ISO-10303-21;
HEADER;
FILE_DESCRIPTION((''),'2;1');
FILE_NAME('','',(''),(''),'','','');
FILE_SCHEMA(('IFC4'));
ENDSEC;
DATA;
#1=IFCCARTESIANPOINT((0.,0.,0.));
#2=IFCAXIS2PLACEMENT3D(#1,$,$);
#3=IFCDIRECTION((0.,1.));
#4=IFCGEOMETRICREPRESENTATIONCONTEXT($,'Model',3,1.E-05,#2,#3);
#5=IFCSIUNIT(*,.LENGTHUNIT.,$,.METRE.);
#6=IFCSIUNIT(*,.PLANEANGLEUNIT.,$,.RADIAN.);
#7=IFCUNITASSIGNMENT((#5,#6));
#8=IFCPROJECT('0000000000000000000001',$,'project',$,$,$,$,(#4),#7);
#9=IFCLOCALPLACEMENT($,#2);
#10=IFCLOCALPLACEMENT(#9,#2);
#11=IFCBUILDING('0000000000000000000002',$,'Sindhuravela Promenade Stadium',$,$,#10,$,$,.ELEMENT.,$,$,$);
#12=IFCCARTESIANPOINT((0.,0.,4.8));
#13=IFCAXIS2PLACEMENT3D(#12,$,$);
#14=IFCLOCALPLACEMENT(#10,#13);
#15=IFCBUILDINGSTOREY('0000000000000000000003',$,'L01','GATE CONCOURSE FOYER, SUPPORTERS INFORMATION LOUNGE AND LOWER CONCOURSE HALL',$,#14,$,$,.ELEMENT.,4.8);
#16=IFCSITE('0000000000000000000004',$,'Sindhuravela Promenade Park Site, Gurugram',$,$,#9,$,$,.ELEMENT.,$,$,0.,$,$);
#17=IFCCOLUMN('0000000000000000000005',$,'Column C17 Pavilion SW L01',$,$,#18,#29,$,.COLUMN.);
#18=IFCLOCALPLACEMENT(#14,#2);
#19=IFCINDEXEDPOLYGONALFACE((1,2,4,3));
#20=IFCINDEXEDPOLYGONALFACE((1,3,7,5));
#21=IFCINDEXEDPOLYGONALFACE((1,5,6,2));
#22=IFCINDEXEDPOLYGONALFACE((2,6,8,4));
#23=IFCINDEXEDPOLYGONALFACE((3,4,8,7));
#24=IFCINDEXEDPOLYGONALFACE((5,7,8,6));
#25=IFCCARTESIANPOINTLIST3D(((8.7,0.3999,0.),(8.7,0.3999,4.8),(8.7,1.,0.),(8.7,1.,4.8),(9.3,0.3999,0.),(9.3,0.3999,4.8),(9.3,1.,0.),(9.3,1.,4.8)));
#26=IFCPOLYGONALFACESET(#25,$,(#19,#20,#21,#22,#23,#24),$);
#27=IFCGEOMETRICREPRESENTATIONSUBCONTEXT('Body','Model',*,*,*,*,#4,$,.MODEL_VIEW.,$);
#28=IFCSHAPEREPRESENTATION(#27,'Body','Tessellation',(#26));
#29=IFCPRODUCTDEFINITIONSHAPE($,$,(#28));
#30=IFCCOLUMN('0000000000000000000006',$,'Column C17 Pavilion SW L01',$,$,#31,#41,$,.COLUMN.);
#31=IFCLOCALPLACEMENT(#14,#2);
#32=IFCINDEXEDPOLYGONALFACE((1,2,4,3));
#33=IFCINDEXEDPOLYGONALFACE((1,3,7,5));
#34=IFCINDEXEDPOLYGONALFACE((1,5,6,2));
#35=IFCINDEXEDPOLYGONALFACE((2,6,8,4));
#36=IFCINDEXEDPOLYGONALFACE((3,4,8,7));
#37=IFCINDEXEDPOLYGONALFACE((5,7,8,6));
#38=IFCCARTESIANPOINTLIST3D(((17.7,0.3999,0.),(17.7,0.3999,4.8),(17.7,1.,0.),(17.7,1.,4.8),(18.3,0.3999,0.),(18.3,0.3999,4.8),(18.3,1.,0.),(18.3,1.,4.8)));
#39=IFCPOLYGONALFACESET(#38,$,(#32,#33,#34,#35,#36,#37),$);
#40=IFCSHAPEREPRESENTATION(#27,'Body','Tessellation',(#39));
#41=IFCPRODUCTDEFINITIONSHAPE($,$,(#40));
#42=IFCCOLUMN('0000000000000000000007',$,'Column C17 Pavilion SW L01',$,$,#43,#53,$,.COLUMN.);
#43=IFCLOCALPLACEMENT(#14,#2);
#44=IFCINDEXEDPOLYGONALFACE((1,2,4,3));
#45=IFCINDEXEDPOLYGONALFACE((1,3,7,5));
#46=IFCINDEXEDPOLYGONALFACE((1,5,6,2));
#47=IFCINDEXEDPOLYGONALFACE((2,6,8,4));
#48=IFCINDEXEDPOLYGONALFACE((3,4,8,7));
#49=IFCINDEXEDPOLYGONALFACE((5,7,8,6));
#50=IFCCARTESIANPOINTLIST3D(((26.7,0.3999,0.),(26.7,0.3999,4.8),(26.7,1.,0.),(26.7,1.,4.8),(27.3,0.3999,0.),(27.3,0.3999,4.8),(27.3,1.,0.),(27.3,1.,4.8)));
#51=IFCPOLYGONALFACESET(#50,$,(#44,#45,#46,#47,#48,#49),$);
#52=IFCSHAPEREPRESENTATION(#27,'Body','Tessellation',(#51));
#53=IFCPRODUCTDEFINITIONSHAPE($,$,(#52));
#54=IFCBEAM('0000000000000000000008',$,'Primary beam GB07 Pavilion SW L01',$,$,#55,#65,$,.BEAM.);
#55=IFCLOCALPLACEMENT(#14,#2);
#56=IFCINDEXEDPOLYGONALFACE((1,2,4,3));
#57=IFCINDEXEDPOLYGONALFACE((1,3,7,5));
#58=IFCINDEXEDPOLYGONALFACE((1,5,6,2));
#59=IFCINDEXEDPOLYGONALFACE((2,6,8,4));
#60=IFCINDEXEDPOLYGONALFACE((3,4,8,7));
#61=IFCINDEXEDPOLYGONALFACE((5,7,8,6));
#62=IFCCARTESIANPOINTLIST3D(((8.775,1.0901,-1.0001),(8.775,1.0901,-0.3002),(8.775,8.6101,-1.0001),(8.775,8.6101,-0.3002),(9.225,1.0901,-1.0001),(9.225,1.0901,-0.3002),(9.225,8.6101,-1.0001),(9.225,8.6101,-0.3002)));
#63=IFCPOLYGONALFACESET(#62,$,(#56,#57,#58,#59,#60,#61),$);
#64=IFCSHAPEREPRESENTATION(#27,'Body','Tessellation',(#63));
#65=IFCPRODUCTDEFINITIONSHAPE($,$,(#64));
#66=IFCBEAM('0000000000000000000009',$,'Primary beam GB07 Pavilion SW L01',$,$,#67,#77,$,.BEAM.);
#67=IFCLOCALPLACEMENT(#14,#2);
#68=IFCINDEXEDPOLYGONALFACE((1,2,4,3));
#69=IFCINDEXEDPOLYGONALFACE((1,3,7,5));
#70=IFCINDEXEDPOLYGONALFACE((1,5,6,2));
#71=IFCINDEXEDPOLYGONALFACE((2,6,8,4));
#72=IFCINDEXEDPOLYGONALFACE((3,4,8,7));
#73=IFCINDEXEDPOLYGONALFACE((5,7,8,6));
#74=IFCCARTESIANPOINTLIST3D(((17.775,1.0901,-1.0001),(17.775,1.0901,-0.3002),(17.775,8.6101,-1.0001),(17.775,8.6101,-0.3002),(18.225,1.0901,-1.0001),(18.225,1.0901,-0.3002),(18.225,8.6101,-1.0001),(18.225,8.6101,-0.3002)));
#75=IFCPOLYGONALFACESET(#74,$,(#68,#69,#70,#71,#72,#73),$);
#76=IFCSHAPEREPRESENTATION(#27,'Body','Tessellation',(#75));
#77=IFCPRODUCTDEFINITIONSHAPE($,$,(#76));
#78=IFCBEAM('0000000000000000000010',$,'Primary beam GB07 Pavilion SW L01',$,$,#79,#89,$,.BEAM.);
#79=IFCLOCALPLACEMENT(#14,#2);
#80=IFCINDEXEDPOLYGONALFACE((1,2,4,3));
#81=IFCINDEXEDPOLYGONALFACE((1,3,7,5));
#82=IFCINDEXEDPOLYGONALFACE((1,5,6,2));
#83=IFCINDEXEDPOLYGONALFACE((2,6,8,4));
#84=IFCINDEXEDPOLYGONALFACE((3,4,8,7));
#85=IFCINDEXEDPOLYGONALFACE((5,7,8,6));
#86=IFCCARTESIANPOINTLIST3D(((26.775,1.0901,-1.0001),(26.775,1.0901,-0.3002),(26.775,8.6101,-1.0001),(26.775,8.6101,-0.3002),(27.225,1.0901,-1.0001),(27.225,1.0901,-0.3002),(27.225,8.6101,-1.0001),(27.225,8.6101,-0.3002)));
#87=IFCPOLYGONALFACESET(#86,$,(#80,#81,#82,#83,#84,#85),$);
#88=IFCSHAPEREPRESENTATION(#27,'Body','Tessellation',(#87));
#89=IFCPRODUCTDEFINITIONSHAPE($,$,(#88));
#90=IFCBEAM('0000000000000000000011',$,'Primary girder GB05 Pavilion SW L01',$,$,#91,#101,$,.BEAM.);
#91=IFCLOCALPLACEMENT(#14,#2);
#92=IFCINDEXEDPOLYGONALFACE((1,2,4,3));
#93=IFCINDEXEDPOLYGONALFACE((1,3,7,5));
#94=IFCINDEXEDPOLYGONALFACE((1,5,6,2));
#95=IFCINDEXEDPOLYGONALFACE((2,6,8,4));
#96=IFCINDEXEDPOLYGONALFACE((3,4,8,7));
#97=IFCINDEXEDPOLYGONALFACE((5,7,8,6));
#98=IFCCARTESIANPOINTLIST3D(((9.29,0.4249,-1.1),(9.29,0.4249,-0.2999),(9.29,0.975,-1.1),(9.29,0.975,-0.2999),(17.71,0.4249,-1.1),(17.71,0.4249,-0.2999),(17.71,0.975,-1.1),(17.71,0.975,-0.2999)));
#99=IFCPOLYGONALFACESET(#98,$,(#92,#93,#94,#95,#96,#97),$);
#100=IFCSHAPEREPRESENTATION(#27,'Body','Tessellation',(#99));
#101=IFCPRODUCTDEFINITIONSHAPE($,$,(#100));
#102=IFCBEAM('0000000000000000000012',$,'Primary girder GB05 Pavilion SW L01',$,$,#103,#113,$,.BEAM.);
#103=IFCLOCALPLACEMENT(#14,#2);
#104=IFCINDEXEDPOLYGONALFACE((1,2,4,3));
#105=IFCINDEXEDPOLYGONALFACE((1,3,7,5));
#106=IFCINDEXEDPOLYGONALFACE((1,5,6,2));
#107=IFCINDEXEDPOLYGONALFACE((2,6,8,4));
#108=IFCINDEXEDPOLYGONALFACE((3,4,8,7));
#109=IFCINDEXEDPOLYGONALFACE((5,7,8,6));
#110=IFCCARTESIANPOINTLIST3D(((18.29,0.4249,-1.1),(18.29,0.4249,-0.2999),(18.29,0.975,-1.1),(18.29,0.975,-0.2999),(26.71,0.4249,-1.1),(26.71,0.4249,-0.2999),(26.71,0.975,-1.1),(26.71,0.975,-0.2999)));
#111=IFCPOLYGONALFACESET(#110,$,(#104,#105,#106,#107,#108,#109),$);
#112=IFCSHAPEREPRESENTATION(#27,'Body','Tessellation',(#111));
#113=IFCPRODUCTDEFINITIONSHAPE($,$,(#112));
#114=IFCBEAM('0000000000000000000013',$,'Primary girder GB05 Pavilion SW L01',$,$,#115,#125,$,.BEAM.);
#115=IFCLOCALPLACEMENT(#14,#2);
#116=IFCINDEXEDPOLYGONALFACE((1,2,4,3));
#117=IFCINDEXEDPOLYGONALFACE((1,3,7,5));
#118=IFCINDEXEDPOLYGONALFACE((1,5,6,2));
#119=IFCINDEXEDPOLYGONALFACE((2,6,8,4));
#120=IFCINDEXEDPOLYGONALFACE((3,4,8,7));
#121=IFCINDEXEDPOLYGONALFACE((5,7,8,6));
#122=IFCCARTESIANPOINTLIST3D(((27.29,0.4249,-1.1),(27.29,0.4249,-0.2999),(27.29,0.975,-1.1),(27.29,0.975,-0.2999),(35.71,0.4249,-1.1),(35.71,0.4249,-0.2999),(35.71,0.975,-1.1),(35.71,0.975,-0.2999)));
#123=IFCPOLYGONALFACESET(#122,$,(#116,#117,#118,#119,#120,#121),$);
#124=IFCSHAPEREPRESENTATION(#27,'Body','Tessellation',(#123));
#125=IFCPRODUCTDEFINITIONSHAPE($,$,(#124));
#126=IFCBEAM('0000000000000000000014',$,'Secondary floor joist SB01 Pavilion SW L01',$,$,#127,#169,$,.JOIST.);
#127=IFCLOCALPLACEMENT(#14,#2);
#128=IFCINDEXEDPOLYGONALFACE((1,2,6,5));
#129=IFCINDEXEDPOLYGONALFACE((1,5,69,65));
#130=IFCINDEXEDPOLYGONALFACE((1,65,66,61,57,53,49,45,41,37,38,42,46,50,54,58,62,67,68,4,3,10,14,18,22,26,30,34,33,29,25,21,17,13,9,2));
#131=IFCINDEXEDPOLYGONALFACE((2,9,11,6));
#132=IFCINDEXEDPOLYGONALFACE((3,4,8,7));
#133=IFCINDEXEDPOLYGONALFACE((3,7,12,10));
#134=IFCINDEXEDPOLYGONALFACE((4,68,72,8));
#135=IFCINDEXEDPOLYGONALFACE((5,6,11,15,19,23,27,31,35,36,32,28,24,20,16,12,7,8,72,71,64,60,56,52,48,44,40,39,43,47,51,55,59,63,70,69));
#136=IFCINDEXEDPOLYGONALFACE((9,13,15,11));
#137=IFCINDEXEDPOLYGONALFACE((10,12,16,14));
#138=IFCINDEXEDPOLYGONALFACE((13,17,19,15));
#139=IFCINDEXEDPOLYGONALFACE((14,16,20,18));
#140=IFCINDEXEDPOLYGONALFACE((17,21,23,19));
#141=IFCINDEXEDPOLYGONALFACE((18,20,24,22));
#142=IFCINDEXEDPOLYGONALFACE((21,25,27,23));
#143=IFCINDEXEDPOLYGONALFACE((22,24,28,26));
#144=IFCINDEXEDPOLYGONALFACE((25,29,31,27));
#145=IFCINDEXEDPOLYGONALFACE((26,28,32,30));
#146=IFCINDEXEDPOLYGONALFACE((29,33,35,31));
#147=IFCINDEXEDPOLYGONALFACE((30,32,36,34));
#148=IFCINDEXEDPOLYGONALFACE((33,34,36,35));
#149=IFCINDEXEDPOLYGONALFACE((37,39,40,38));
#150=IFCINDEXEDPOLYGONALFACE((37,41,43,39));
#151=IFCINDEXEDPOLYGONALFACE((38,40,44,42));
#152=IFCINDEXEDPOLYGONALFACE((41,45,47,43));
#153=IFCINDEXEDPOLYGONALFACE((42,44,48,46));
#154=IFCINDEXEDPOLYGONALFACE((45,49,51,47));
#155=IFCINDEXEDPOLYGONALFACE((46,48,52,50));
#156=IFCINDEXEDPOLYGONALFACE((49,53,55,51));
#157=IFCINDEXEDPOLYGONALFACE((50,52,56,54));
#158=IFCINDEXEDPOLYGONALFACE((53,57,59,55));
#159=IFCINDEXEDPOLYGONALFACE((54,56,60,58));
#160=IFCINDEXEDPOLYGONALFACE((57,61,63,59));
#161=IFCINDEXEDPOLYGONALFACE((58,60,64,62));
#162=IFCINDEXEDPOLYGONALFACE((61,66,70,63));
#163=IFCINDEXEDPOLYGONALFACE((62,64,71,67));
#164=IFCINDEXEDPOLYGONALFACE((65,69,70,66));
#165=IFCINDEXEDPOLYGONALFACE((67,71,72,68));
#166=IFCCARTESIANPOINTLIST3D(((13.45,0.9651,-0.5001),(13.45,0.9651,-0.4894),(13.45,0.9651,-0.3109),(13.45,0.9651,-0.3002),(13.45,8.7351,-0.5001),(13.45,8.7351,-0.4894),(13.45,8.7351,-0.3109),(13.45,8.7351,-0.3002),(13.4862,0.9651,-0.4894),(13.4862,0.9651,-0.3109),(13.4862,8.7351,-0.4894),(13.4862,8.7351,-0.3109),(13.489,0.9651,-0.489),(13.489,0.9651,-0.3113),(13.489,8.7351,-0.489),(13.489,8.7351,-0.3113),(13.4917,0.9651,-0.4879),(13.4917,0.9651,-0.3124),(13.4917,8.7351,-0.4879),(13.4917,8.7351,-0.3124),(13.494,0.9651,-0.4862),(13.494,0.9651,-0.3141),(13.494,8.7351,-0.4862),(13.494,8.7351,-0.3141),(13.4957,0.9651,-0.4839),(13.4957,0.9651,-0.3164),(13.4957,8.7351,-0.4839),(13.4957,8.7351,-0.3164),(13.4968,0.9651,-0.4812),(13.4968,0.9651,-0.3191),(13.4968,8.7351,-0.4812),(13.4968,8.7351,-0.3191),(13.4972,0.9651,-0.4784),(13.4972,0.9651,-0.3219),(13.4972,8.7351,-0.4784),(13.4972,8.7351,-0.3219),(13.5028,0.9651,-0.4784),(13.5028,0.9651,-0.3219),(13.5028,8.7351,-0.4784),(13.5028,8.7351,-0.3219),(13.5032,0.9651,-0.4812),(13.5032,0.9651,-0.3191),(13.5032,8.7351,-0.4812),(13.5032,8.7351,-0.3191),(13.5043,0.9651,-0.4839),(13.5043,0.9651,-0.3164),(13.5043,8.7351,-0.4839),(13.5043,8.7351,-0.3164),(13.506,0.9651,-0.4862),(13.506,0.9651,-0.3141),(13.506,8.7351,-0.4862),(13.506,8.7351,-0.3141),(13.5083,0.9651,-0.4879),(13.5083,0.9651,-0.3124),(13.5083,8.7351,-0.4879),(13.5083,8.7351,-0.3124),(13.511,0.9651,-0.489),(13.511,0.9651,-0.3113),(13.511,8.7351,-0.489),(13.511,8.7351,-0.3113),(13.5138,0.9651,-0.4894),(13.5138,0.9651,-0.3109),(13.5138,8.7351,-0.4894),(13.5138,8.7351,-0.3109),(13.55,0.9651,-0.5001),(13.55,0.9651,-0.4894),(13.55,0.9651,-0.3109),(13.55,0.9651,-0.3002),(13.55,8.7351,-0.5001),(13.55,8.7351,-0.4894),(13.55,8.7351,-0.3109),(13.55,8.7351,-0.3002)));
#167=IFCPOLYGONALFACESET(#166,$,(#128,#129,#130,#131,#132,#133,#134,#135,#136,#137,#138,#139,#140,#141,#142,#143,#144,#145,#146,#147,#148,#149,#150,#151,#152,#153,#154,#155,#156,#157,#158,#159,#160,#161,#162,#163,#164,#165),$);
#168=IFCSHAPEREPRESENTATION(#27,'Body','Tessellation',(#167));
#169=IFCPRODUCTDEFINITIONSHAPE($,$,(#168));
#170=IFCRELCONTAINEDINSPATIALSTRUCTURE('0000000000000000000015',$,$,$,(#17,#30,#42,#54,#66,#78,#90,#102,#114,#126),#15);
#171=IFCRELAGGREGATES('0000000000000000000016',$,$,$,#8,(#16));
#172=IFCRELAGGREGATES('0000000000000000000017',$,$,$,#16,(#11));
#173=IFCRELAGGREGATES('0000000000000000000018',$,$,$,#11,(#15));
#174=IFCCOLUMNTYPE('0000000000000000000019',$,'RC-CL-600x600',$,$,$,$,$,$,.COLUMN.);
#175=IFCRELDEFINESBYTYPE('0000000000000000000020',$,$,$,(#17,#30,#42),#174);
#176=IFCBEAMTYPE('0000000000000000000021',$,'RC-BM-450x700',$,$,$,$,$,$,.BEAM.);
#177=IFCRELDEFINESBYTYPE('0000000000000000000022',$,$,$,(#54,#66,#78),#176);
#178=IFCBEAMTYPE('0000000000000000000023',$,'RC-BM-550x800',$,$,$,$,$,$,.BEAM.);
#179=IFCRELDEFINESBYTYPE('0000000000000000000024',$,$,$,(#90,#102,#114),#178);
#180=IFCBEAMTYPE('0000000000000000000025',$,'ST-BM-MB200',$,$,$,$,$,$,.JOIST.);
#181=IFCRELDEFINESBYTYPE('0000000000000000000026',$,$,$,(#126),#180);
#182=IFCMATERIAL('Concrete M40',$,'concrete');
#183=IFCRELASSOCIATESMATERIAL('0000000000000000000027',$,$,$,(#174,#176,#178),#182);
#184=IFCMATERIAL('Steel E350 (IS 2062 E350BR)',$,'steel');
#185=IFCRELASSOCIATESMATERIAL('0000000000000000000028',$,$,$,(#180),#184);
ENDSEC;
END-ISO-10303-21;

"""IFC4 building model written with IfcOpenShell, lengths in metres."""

from ifc_helpers import new_model, si_unit, direction, frame, origin, origin_2d, place, context, subcontext, project, spatial, rectangle, i_section, extrude, material, material_profile, profile_set, type_object, element, save


model = new_model("IFC4")

# Units and contexts
model_context = context("Model", 3, precision=1e-05, world=origin(), true_north=direction((0.0, 1.0)))
body_context = subcontext(model_context, "Body", "Model", "MODEL_VIEW")
ifc_project = project(units=[si_unit("LENGTHUNIT", "METRE"), si_unit("PLANEANGLEUNIT", "RADIAN")], contexts=[model_context])

# Site, building, storey
site_placement = place(None, origin())
site = spatial("IfcSite", under=ifc_project, at=site_placement, Name="Sindhuravela Promenade Park Site, Gurugram", CompositionType="ELEMENT", RefElevation=0.0)
building_placement = place(site_placement, origin())
building = spatial("IfcBuilding", under=site, at=building_placement, Name="Sindhuravela Promenade Stadium", CompositionType="ELEMENT")
storey_placement = place(building_placement, frame((0.0, 0.0, 4.8)))
storey = spatial("IfcBuildingStorey", under=building, at=storey_placement, Name="L01", Description="GATE CONCOURSE FOYER, SUPPORTERS INFORMATION LOUNGE AND LOWER CONCOURSE HALL", CompositionType="ELEMENT", Elevation=4.8)

# Columns
ifc_material_1 = material(Name="Concrete M40", Category="concrete")
ifc_material_profile_1 = material_profile(ifc_material_1, rectangle(XDim=0.6001, YDim=0.6001, at=origin_2d()), Name="RC 600x600")
ifc_profile_set_1 = profile_set([ifc_material_profile_1], Name="Concrete M40")
column_type = type_object("IfcColumnType", Name="RC-CL-600x600", PredefinedType="COLUMN", material=ifc_profile_set_1)
for number, where, z_axis, x_axis, name in (
    (1, (9.0, 0.7, 0.0), (0.0, 0.0, 1.0), (1.0, 0.0, 0.0), "Column C17 Pavilion SW L01"),
    (2, (18.0, 0.7, 0.0), (0.0, 0.0, 1.0), (1.0, 0.0, 0.0), "Column C17 Pavilion SW L01"),
    (3, (27.0, 0.7, 0.0), (0.0, 0.0, 1.0), (1.0, 0.0, 0.0), "Column C17 Pavilion SW L01"),
):
    element("IfcColumn", number, at=place(storey_placement, frame(where, z_axis=z_axis, x_axis=x_axis)), inside=storey, type_object=column_type, Name=name, PredefinedType="COLUMN", context=body_context, shape_type="SweptSolid", body=[
        extrude(rectangle(XDim=0.6001, YDim=0.6001, at=origin_2d()), origin(), (0.0, 0.0, 1.0), 4.8),
    ])

# Beams
ifc_material_profile_2 = material_profile(ifc_material_1, rectangle(XDim=0.45, YDim=0.7, at=origin_2d()), Name="RC 450x700")
ifc_profile_set_2 = profile_set([ifc_material_profile_2], Name="Concrete M40")
beam_type_1 = type_object("IfcBeamType", Name="RC-BM-450x700", PredefinedType="BEAM", material=ifc_profile_set_2)
for number, where, z_axis, x_axis, name in (
    (4, (9.0, 1.0901, -0.6501), (0.0, 1.0, 0.0), (-1.0, 0.0, 0.0), "Primary beam GB07 Pavilion SW L01"),
    (5, (18.0, 1.0901, -0.6501), (0.0, 1.0, 0.0), (-1.0, 0.0, 0.0), "Primary beam GB07 Pavilion SW L01"),
    (6, (27.0, 1.0901, -0.6501), (0.0, 1.0, 0.0), (-1.0, 0.0, 0.0), "Primary beam GB07 Pavilion SW L01"),
):
    element("IfcBeam", number, at=place(storey_placement, frame(where, z_axis=z_axis, x_axis=x_axis)), inside=storey, type_object=beam_type_1, Name=name, PredefinedType="BEAM", context=body_context, shape_type="SweptSolid", body=[
        extrude(rectangle(XDim=0.45, YDim=0.7, at=origin_2d()), origin(), (0.0, 0.0, 1.0), 7.52),
    ])
ifc_material_profile_3 = material_profile(ifc_material_1, rectangle(XDim=0.55, YDim=0.8, at=origin_2d()), Name="RC 550x800")
ifc_profile_set_3 = profile_set([ifc_material_profile_3], Name="Concrete M40")
beam_type_2 = type_object("IfcBeamType", Name="RC-BM-550x800", PredefinedType="BEAM", material=ifc_profile_set_3)
for number, where, z_axis, x_axis, name in (
    (7, (9.29, 0.7, -0.7), (1.0, 0.0, 0.0), (0.0, 1.0, 0.0), "Primary girder GB05 Pavilion SW L01"),
    (8, (18.29, 0.7, -0.7), (1.0, 0.0, 0.0), (0.0, 1.0, 0.0), "Primary girder GB05 Pavilion SW L01"),
    (9, (27.29, 0.7, -0.7), (1.0, 0.0, 0.0), (0.0, 1.0, 0.0), "Primary girder GB05 Pavilion SW L01"),
):
    element("IfcBeam", number, at=place(storey_placement, frame(where, z_axis=z_axis, x_axis=x_axis)), inside=storey, type_object=beam_type_2, Name=name, PredefinedType="BEAM", context=body_context, shape_type="SweptSolid", body=[
        extrude(rectangle(XDim=0.55, YDim=0.8, at=origin_2d()), origin(), (0.0, 0.0, 1.0), 8.4199),
    ])
ifc_material_2 = material(Name="Steel E350 (IS 2062 E350BR)", Category="steel")
ifc_material_profile_4 = material_profile(ifc_material_2, i_section(OverallWidth=0.1001, OverallDepth=0.2, WebThickness=0.0056, FlangeThickness=0.0107, FilletRadius=0.011, at=origin_2d()), Name="ISMB 200")
ifc_profile_set_4 = profile_set([ifc_material_profile_4], Name="Steel E350 (IS 2062 E350BR)")
beam_type_3 = type_object("IfcBeamType", Name="ST-BM-MB200", PredefinedType="JOIST", material=ifc_profile_set_4)
beam_1_placement = place(storey_placement, frame((13.5, 0.9651, -0.4001), z_axis=(0.0, 1.0, 0.0), x_axis=(-1.0, 0.0, 0.0)))
element("IfcBeam", 10, at=beam_1_placement, inside=storey, type_object=beam_type_3, Name="Secondary floor joist SB01 Pavilion SW L01", PredefinedType="JOIST", context=body_context, shape_type="SweptSolid", body=[
    extrude(i_section(OverallWidth=0.1001, OverallDepth=0.2, WebThickness=0.0056, FlangeThickness=0.0107, FilletRadius=0.011, at=origin_2d()), origin(), (0.0, 0.0, 1.0), 7.77),
])

save(model, "model.ifc")
